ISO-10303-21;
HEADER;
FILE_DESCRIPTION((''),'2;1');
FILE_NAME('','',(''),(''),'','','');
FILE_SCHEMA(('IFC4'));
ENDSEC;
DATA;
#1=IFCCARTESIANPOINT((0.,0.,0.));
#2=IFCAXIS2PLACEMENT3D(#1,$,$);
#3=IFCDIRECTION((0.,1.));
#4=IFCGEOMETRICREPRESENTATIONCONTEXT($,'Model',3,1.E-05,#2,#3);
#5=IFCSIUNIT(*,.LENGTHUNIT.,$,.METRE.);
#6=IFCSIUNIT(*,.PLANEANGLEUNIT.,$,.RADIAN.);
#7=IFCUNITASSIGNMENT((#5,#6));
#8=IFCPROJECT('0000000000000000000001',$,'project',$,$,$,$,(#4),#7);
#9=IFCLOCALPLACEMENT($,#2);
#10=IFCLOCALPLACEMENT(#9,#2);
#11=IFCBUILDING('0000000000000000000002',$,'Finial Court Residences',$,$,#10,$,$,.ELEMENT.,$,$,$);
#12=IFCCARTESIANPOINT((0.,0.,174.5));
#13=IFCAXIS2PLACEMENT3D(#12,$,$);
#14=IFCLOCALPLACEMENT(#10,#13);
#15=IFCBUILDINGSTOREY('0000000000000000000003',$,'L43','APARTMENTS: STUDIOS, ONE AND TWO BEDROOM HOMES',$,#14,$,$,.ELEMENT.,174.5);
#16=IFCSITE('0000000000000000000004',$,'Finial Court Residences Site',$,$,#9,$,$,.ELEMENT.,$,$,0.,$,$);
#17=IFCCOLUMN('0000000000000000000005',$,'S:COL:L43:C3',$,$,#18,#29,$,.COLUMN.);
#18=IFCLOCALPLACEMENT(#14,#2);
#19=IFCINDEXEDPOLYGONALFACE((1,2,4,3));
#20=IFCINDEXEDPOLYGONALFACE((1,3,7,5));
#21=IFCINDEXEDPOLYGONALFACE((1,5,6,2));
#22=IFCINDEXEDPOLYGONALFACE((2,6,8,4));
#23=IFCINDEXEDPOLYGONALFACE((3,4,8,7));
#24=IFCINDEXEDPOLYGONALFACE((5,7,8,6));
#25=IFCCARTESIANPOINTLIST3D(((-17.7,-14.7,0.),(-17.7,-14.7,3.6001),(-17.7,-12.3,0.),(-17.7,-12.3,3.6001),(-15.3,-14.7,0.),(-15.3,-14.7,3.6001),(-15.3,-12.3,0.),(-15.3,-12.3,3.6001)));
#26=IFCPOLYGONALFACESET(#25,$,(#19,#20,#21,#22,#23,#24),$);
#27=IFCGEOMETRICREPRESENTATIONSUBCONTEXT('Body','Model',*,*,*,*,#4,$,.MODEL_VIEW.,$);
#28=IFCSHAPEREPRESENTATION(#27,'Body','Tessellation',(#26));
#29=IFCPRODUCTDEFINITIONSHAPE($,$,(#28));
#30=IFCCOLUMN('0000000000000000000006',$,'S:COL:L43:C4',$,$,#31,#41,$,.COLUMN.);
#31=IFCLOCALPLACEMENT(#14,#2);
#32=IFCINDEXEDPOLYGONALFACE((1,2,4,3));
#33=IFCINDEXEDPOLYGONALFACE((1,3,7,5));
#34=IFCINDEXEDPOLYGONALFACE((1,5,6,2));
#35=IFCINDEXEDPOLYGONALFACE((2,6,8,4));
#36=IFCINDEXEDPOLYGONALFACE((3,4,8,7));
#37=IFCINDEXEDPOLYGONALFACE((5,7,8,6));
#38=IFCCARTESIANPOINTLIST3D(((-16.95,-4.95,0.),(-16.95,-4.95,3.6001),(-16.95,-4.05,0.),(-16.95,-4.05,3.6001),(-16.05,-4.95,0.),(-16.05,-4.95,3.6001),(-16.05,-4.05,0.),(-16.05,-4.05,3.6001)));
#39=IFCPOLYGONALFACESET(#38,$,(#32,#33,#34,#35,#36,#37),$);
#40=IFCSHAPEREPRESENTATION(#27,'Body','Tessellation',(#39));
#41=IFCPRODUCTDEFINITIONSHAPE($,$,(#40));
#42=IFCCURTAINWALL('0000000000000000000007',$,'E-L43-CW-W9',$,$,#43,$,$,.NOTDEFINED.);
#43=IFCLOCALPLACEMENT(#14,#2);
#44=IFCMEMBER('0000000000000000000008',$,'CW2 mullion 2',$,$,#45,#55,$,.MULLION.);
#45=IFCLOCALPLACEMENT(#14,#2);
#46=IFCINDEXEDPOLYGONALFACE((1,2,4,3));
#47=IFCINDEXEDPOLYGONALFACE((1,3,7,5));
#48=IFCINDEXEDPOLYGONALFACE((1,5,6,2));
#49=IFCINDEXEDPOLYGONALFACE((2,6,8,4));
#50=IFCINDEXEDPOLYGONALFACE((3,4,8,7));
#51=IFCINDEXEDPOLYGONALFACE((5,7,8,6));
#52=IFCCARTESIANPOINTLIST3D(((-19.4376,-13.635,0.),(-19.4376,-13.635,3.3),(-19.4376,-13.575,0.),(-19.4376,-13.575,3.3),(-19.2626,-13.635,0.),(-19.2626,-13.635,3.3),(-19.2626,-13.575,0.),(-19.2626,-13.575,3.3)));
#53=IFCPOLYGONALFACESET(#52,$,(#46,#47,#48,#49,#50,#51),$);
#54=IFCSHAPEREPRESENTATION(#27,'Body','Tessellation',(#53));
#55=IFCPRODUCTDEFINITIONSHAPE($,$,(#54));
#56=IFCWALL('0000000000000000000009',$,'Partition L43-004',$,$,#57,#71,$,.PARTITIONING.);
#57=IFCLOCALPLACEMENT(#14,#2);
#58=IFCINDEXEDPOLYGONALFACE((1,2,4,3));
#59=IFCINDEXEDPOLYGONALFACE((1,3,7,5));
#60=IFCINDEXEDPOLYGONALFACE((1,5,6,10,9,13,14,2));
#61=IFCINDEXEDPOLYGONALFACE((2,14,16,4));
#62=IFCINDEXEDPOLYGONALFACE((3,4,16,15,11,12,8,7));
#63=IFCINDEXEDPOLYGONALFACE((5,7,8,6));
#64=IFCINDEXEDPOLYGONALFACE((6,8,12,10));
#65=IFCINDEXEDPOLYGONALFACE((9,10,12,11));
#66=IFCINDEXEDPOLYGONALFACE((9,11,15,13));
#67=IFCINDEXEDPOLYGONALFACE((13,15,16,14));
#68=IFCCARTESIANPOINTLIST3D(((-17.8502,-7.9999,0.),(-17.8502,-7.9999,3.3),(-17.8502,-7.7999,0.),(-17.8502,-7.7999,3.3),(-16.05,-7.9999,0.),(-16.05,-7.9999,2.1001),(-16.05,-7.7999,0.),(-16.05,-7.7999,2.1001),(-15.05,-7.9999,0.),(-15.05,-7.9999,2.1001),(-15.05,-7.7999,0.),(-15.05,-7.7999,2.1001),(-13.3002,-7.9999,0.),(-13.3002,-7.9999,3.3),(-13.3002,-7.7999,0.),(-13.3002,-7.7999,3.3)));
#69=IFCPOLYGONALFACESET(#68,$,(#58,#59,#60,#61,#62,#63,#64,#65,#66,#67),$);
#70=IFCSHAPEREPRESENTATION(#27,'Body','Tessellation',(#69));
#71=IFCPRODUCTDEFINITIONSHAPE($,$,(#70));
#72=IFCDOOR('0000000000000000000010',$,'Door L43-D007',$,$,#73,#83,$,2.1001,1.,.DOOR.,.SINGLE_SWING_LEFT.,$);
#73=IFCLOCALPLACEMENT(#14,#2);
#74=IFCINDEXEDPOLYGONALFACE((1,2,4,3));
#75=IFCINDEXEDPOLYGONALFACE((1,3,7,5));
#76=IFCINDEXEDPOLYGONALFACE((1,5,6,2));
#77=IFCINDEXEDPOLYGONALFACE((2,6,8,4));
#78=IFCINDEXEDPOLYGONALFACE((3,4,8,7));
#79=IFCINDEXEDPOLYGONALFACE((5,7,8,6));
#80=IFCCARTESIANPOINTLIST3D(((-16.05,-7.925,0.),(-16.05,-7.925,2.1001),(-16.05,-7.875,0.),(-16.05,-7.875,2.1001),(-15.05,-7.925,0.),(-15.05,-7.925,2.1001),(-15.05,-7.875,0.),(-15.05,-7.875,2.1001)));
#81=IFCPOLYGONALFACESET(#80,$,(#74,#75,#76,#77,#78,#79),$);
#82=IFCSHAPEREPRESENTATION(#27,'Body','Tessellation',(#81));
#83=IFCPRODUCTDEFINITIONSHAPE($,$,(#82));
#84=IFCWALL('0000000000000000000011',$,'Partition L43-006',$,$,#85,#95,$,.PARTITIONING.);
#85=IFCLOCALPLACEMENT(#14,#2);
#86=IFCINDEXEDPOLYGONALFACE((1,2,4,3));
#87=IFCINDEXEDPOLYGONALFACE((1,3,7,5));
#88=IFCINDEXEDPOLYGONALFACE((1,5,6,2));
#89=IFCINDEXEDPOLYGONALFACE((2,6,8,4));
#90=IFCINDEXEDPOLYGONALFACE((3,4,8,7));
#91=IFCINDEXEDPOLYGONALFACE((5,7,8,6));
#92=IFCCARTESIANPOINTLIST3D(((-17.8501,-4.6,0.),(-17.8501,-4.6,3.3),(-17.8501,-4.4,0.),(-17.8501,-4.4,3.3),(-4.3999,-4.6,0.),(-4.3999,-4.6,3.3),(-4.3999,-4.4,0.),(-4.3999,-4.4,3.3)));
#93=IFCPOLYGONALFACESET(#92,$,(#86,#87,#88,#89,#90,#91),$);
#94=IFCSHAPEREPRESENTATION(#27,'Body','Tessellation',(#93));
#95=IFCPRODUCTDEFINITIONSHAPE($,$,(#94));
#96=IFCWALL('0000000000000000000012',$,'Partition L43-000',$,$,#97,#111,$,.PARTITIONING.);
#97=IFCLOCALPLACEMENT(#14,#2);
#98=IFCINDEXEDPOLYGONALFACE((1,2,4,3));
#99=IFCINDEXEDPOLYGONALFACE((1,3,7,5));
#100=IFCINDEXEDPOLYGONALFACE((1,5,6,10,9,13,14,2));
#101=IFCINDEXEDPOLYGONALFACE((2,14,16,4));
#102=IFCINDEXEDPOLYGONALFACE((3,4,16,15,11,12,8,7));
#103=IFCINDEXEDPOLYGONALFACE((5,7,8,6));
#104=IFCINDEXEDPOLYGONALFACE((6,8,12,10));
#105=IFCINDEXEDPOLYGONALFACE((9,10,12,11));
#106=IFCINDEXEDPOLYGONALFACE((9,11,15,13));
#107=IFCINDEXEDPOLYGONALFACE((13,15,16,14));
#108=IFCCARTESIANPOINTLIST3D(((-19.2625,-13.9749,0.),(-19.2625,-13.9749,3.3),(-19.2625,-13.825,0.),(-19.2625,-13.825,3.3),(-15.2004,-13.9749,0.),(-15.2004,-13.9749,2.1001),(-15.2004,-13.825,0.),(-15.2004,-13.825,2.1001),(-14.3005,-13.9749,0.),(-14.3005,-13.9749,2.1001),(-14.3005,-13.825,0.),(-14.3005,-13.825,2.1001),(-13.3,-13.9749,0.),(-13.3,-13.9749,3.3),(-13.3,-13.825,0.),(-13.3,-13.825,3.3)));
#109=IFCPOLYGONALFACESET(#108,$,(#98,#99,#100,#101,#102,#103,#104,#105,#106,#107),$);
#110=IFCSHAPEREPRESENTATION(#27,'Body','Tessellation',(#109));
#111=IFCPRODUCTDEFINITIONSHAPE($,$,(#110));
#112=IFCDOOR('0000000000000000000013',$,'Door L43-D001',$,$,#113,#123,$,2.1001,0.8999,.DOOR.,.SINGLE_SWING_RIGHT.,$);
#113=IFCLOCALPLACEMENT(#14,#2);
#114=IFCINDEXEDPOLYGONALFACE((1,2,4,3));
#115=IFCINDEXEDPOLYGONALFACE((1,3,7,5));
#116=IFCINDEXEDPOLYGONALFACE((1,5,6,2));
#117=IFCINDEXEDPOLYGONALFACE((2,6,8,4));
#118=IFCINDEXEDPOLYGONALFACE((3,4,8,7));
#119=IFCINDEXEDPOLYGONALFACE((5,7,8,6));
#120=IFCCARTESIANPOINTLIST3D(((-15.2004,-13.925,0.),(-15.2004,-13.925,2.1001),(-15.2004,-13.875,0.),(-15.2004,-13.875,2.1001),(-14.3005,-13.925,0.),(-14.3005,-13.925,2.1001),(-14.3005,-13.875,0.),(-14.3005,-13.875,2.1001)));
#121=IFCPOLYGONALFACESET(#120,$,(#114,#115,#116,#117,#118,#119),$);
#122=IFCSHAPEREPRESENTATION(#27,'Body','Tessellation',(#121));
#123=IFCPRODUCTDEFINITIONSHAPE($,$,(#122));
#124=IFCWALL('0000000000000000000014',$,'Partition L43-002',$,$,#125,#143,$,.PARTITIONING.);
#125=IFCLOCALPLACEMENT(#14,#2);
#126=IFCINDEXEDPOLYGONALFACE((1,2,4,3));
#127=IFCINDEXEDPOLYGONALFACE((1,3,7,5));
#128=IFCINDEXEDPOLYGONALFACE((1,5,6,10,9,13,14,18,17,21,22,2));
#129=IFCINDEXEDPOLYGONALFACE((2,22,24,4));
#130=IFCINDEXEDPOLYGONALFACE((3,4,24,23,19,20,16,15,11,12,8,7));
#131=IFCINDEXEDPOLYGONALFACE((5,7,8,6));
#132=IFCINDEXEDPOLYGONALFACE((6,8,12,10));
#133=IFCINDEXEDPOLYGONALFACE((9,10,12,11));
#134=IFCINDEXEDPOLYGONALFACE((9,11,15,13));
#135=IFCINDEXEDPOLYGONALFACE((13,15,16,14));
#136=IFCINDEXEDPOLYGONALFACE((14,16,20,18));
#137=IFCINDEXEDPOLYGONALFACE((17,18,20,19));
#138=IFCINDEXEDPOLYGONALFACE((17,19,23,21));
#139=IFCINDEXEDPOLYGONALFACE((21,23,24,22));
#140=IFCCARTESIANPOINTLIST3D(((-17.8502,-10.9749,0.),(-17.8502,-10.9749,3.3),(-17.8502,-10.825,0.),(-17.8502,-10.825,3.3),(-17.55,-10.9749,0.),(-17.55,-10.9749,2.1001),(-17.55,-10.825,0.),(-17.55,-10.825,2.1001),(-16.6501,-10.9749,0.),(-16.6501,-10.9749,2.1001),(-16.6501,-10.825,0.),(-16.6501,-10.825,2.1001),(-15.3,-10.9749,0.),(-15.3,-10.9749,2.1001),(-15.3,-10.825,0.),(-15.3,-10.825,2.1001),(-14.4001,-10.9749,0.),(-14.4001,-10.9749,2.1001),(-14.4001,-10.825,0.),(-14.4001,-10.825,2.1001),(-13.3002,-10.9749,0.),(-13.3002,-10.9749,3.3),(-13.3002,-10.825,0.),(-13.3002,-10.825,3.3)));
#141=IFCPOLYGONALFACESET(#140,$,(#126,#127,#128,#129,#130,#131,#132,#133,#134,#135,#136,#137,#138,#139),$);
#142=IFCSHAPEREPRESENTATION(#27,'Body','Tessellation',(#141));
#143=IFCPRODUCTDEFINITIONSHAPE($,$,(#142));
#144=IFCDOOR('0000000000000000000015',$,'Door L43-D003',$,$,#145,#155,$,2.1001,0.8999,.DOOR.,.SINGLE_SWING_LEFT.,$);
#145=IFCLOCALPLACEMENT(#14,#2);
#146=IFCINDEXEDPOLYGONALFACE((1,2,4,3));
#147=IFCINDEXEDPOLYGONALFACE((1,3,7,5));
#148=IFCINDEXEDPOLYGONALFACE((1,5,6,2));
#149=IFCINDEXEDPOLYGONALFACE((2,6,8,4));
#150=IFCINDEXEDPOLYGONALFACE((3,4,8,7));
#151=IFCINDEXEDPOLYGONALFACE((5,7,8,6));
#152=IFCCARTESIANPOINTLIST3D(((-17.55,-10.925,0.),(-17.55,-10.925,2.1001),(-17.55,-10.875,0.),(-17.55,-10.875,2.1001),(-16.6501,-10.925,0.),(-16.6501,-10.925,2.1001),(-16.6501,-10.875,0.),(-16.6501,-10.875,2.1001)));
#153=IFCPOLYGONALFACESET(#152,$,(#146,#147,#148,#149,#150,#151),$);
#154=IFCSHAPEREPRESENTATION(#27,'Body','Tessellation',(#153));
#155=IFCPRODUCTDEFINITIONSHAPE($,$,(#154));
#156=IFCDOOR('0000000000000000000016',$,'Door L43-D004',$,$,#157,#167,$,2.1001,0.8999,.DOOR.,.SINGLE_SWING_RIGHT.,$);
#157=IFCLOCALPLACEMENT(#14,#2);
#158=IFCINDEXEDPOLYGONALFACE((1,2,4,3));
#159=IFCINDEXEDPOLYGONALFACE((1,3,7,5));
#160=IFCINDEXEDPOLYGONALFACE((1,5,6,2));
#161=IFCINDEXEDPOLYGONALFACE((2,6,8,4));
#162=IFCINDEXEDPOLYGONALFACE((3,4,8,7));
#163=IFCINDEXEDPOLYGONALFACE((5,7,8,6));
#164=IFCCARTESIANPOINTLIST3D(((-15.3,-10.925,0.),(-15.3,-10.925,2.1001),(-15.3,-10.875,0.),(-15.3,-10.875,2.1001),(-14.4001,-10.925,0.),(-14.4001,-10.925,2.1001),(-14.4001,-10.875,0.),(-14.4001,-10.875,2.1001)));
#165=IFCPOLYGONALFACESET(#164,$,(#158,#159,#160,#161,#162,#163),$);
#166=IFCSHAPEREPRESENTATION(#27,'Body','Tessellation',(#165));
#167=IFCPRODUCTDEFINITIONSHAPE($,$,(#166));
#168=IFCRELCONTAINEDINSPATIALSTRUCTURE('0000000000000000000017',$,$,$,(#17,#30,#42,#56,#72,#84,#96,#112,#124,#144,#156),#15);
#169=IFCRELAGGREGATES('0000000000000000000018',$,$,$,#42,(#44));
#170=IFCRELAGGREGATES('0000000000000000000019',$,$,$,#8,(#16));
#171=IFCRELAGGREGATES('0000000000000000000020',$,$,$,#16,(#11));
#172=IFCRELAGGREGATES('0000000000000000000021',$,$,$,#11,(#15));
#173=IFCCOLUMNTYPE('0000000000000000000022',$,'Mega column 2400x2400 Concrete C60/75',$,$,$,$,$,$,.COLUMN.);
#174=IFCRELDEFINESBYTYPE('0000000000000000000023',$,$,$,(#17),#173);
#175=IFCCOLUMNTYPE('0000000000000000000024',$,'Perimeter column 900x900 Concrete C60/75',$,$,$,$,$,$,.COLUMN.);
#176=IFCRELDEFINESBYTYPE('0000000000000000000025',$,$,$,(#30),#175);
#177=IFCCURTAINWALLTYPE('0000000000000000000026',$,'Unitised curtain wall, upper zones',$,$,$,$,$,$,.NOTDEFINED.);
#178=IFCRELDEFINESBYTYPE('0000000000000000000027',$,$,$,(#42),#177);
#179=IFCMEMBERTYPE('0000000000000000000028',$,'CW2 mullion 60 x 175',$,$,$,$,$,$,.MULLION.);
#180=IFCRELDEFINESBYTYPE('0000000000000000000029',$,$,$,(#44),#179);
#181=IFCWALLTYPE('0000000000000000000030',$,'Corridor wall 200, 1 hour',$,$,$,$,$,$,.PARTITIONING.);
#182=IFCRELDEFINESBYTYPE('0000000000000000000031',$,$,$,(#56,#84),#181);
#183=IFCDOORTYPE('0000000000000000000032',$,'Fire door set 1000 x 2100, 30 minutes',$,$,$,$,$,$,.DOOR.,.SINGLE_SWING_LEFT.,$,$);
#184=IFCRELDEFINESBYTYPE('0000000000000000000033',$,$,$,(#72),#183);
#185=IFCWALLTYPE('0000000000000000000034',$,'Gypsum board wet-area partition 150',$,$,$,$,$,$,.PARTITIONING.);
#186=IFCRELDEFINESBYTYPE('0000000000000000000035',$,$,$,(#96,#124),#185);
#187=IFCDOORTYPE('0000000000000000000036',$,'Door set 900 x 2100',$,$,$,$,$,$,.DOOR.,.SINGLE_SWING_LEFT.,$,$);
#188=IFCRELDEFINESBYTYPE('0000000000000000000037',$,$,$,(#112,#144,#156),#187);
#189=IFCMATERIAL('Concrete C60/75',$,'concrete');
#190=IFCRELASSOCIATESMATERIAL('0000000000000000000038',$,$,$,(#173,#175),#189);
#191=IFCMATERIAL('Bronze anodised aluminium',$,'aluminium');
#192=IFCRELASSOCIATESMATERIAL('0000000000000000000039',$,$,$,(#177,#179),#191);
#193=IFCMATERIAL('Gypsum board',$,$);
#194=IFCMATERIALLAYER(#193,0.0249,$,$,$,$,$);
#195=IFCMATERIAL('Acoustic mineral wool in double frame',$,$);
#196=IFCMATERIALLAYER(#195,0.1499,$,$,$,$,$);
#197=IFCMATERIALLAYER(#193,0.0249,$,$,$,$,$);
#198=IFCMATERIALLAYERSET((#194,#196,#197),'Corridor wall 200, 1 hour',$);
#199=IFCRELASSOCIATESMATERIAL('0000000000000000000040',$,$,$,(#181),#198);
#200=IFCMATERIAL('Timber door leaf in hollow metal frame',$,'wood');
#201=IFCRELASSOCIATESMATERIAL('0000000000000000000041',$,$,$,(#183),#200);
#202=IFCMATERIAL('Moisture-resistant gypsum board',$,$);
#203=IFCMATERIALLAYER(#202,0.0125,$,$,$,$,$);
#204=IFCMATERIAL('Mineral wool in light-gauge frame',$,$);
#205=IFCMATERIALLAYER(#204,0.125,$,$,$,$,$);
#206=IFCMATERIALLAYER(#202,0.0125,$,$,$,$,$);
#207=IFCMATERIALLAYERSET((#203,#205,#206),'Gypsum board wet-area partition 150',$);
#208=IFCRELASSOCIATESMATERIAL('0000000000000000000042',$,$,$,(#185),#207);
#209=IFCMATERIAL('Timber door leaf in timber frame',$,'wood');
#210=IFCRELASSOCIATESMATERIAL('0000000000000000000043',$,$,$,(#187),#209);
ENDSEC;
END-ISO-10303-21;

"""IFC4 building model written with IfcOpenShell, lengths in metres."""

from ifc_helpers import new_model, si_unit, direction, frame, frame_2d, origin, origin_2d, place, context, subcontext, project, spatial, rectangle, extrude, material, layer, layer_set, material_profile, profile_set, type_object, element, fill, aggregate, save


model = new_model("IFC4")

# Units and contexts
model_context = context("Model", 3, precision=1e-05, world=origin(), true_north=direction((0.0, 1.0)))
body_context = subcontext(model_context, "Body", "Model", "MODEL_VIEW")
ifc_project = project(units=[si_unit("LENGTHUNIT", "METRE"), si_unit("PLANEANGLEUNIT", "RADIAN")], contexts=[model_context])

# Site, building, storey
site_placement = place(None, origin())
site = spatial("IfcSite", under=ifc_project, at=site_placement, Name="Finial Court Residences Site", CompositionType="ELEMENT", RefElevation=0.0)
building_placement = place(site_placement, origin())
building = spatial("IfcBuilding", under=site, at=building_placement, Name="Finial Court Residences", CompositionType="ELEMENT")
storey_placement = place(building_placement, frame((0.0, 0.0, 174.5)))
storey = spatial("IfcBuildingStorey", under=building, at=storey_placement, Name="L43", Description="APARTMENTS: STUDIOS, ONE AND TWO BEDROOM HOMES", CompositionType="ELEMENT", Elevation=174.5)

# Columns
ifc_material_1 = material(Name="Concrete C60/75", Category="concrete")
ifc_material_profile_1 = material_profile(ifc_material_1, rectangle(XDim=2.3999, YDim=2.3999, at=origin_2d()), Name="2400x2400")
ifc_profile_set_1 = profile_set([ifc_material_profile_1], Name="Concrete C60/75")
column_type_1 = type_object("IfcColumnType", Name="Mega column 2400x2400 Concrete C60/75", PredefinedType="COLUMN", material=ifc_profile_set_1)
column_1_placement = place(storey_placement, frame((-16.5, -13.5, 0.0), z_axis=(0.0, 0.0, 1.0), x_axis=(1.0, 0.0, 0.0)))
element("IfcColumn", 1, at=column_1_placement, inside=storey, type_object=column_type_1, Name="S:COL:L43:C3", PredefinedType="COLUMN", context=body_context, shape_type="SweptSolid", body=[
    extrude(rectangle(XDim=2.3999, YDim=2.3999, at=origin_2d()), origin(), (0.0, 0.0, 1.0), 3.6001),
])
ifc_material_profile_2 = material_profile(ifc_material_1, rectangle(XDim=0.8999, YDim=0.8999, at=origin_2d()), Name="900x900")
ifc_profile_set_2 = profile_set([ifc_material_profile_2], Name="Concrete C60/75")
column_type_2 = type_object("IfcColumnType", Name="Perimeter column 900x900 Concrete C60/75", PredefinedType="COLUMN", material=ifc_profile_set_2)
column_2_placement = place(storey_placement, frame((-16.5, -4.5, 0.0), z_axis=(0.0, 0.0, 1.0), x_axis=(1.0, 0.0, 0.0)))
element("IfcColumn", 2, at=column_2_placement, inside=storey, type_object=column_type_2, Name="S:COL:L43:C4", PredefinedType="COLUMN", context=body_context, shape_type="SweptSolid", body=[
    extrude(rectangle(XDim=0.8999, YDim=0.8999, at=origin_2d()), origin(), (0.0, 0.0, 1.0), 3.6001),
])

# Curtain wall, member
ifc_material_2 = material(Name="Bronze anodised aluminium", Category="aluminium")
curtain_wall_type = type_object("IfcCurtainWallType", Name="Unitised curtain wall, upper zones", PredefinedType="NOTDEFINED", material=ifc_material_2)
curtain_wall_placement = place(storey_placement, origin())
curtain_wall = element("IfcCurtainWall", 3, at=curtain_wall_placement, inside=storey, type_object=curtain_wall_type, Name="E-L43-CW-W9", PredefinedType="NOTDEFINED")
ifc_material_profile_3 = material_profile(ifc_material_2, rectangle(XDim=0.175, YDim=0.0601, at=origin_2d()), Name="CW2 mullion 60 x 175")
ifc_profile_set_3 = profile_set([ifc_material_profile_3], Name="Bronze anodised aluminium")
member_type = type_object("IfcMemberType", Name="CW2 mullion 60 x 175", PredefinedType="MULLION", material=ifc_profile_set_3)
member_placement = place(storey_placement, frame((-19.3501, -13.605, 0.0), z_axis=(0.0, 0.0, 1.0), x_axis=(-1.0, 0.0, 0.0)))
member = element("IfcMember", 4, at=member_placement, type_object=member_type, Name="CW2 mullion 2", PredefinedType="MULLION", context=body_context, shape_type="SweptSolid", body=[
    extrude(rectangle(XDim=0.175, YDim=0.0601, at=origin_2d()), origin(), (0.0, 0.0, 1.0), 3.3),
])
aggregate(curtain_wall, [member])

# Wall, opening, door
ifc_material_3 = material(Name="Gypsum board")
ifc_layer_1 = layer(ifc_material_3, 0.0249)
ifc_material_4 = material(Name="Acoustic mineral wool in double frame")
ifc_layer_2 = layer(ifc_material_4, 0.1499)
ifc_layer_3 = layer(ifc_material_3, 0.0249)
ifc_layer_set_1 = layer_set([ifc_layer_1, ifc_layer_2, ifc_layer_3], Name="Corridor wall 200, 1 hour")
wall_type_1 = type_object("IfcWallType", Name="Corridor wall 200, 1 hour", PredefinedType="PARTITIONING", material=ifc_layer_set_1)
wall_1_placement = place(storey_placement, frame((-17.8501, -7.8999, 0.0), z_axis=(0.0, 0.0, 1.0), x_axis=(1.0, 0.0, 0.0)))
wall_1 = element("IfcWall", 5, at=wall_1_placement, inside=storey, type_object=wall_type_1, Name="Partition L43-004", PredefinedType="PARTITIONING", context=body_context, shape_type="SweptSolid", body=[
    extrude(rectangle(XDim=4.55, YDim=0.2, at=frame_2d((2.2749, 0.0))), origin(), (0.0, 0.0, 1.0), 3.3),
])
opening_1_placement = place(wall_1_placement, frame((1.8, 0.0, 0.0)))
opening_1 = element("IfcOpeningElement", 6, at=opening_1_placement, cuts=wall_1, PredefinedType="OPENING", context=body_context, shape_type="SweptSolid", body=[
    extrude(rectangle(XDim=1.0, YDim=2.1001, at=frame_2d((0.5, 1.05))), frame((0.0, 0.1099, 0.0), z_axis=(0.0, -1.0, 0.0), x_axis=(1.0, 0.0, 0.0)), (0.0, 0.0, 1.0), 0.22),
])
ifc_material_5 = material(Name="Timber door leaf in hollow metal frame", Category="wood")
door_type_1 = type_object("IfcDoorType", Name="Fire door set 1000 x 2100, 30 minutes", OperationType="SINGLE_SWING_LEFT", PredefinedType="DOOR", material=ifc_material_5)
door_1_placement = place(opening_1_placement, origin())
door_1 = element("IfcDoor", 7, at=door_1_placement, inside=storey, type_object=door_type_1, Name="Door L43-D007", OperationType="SINGLE_SWING_LEFT", OverallHeight=2.1001, OverallWidth=1.0, PredefinedType="DOOR", context=body_context, shape_type="SweptSolid", body=[
    extrude(rectangle(XDim=1.0, YDim=2.1001, at=frame_2d((0.5, 1.05))), frame((0.0, 0.0249, 0.0), z_axis=(0.0, -1.0, 0.0), x_axis=(1.0, 0.0, 0.0)), (0.0, 0.0, 1.0), 0.05),
])
fill(opening_1, door_1)

# Wall
wall_2_placement = place(storey_placement, frame((-17.8501, -4.5, 0.0), z_axis=(0.0, 0.0, 1.0), x_axis=(1.0, 0.0, 0.0)))
element("IfcWall", 8, at=wall_2_placement, inside=storey, type_object=wall_type_1, Name="Partition L43-006", PredefinedType="PARTITIONING", context=body_context, shape_type="SweptSolid", body=[
    extrude(rectangle(XDim=13.4502, YDim=0.2, at=frame_2d((6.7251, 0.0))), origin(), (0.0, 0.0, 1.0), 3.3),
])

# Wall, opening, door
ifc_material_6 = material(Name="Moisture-resistant gypsum board")
ifc_layer_4 = layer(ifc_material_6, 0.0125)
ifc_material_7 = material(Name="Mineral wool in light-gauge frame")
ifc_layer_5 = layer(ifc_material_7, 0.125)
ifc_layer_6 = layer(ifc_material_6, 0.0125)
ifc_layer_set_2 = layer_set([ifc_layer_4, ifc_layer_5, ifc_layer_6], Name="Gypsum board wet-area partition 150")
wall_type_2 = type_object("IfcWallType", Name="Gypsum board wet-area partition 150", PredefinedType="PARTITIONING", material=ifc_layer_set_2)
wall_3_placement = place(storey_placement, frame((-19.2625, -13.8999, 0.0), z_axis=(0.0, 0.0, 1.0), x_axis=(1.0, 0.0, 0.0)))
wall_3 = element("IfcWall", 9, at=wall_3_placement, inside=storey, type_object=wall_type_2, Name="Partition L43-000", PredefinedType="PARTITIONING", context=body_context, shape_type="SweptSolid", body=[
    extrude(rectangle(XDim=5.9624, YDim=0.1499, at=frame_2d((2.9812, 0.0))), origin(), (0.0, 0.0, 1.0), 3.3),
])
opening_2_placement = place(wall_3_placement, frame((4.062, 0.0, 0.0)))
opening_2 = element("IfcOpeningElement", 10, at=opening_2_placement, cuts=wall_3, PredefinedType="OPENING", context=body_context, shape_type="SweptSolid", body=[
    extrude(rectangle(XDim=0.8999, YDim=2.1001, at=frame_2d((0.45, 1.05))), frame((0.0, 0.085, 0.0), z_axis=(0.0, -1.0, 0.0), x_axis=(1.0, 0.0, 0.0)), (0.0, 0.0, 1.0), 0.1699),
])
ifc_material_8 = material(Name="Timber door leaf in timber frame", Category="wood")
door_type_2 = type_object("IfcDoorType", Name="Door set 900 x 2100", OperationType="SINGLE_SWING_LEFT", PredefinedType="DOOR", material=ifc_material_8)
door_2_placement = place(opening_2_placement, origin())
door_2 = element("IfcDoor", 11, at=door_2_placement, inside=storey, type_object=door_type_2, Name="Door L43-D001", OperationType="SINGLE_SWING_RIGHT", OverallHeight=2.1001, OverallWidth=0.8999, PredefinedType="DOOR", context=body_context, shape_type="SweptSolid", body=[
    extrude(rectangle(XDim=0.8999, YDim=2.1001, at=frame_2d((0.45, 1.05))), frame((0.0, 0.0249, 0.0), z_axis=(0.0, -1.0, 0.0), x_axis=(1.0, 0.0, 0.0)), (0.0, 0.0, 1.0), 0.05),
])
fill(opening_2, door_2)

# Wall, openings, doors
wall_4_placement = place(storey_placement, frame((-17.8501, -10.8999, 0.0), z_axis=(0.0, 0.0, 1.0), x_axis=(1.0, 0.0, 0.0)))
wall_4 = element("IfcWall", 12, at=wall_4_placement, inside=storey, type_object=wall_type_2, Name="Partition L43-002", PredefinedType="PARTITIONING", context=body_context, shape_type="SweptSolid", body=[
    extrude(rectangle(XDim=4.55, YDim=0.1499, at=frame_2d((2.2749, 0.0))), origin(), (0.0, 0.0, 1.0), 3.3),
])
opening_3_placement = place(wall_4_placement, frame((0.3, 0.0, 0.0)))
opening_3 = element("IfcOpeningElement", 13, at=opening_3_placement, cuts=wall_4, PredefinedType="OPENING", context=body_context, shape_type="SweptSolid", body=[
    extrude(rectangle(XDim=0.8999, YDim=2.1001, at=frame_2d((0.45, 1.05))), frame((0.0, 0.085, 0.0), z_axis=(0.0, -1.0, 0.0), x_axis=(1.0, 0.0, 0.0)), (0.0, 0.0, 1.0), 0.1699),
])
opening_4_placement = place(wall_4_placement, frame((2.55, 0.0, 0.0)))
opening_4 = element("IfcOpeningElement", 14, at=opening_4_placement, cuts=wall_4, PredefinedType="OPENING", context=body_context, shape_type="SweptSolid", body=[
    extrude(rectangle(XDim=0.8999, YDim=2.1001, at=frame_2d((0.45, 1.05))), frame((0.0, 0.085, 0.0), z_axis=(0.0, -1.0, 0.0), x_axis=(1.0, 0.0, 0.0)), (0.0, 0.0, 1.0), 0.1699),
])
door_3_placement = place(opening_3_placement, origin())
door_3 = element("IfcDoor", 15, at=door_3_placement, inside=storey, type_object=door_type_2, Name="Door L43-D003", OperationType="SINGLE_SWING_LEFT", OverallHeight=2.1001, OverallWidth=0.8999, PredefinedType="DOOR", context=body_context, shape_type="SweptSolid", body=[
    extrude(rectangle(XDim=0.8999, YDim=2.1001, at=frame_2d((0.45, 1.05))), frame((0.0, 0.0249, 0.0), z_axis=(0.0, -1.0, 0.0), x_axis=(1.0, 0.0, 0.0)), (0.0, 0.0, 1.0), 0.05),
])
fill(opening_3, door_3)
door_4_placement = place(opening_4_placement, origin())
door_4 = element("IfcDoor", 16, at=door_4_placement, inside=storey, type_object=door_type_2, Name="Door L43-D004", OperationType="SINGLE_SWING_RIGHT", OverallHeight=2.1001, OverallWidth=0.8999, PredefinedType="DOOR", context=body_context, shape_type="SweptSolid", body=[
    extrude(rectangle(XDim=0.8999, YDim=2.1001, at=frame_2d((0.45, 1.05))), frame((0.0, 0.0249, 0.0), z_axis=(0.0, -1.0, 0.0), x_axis=(1.0, 0.0, 0.0)), (0.0, 0.0, 1.0), 0.05),
])
fill(opening_4, door_4)

save(model, "model.ifc")
